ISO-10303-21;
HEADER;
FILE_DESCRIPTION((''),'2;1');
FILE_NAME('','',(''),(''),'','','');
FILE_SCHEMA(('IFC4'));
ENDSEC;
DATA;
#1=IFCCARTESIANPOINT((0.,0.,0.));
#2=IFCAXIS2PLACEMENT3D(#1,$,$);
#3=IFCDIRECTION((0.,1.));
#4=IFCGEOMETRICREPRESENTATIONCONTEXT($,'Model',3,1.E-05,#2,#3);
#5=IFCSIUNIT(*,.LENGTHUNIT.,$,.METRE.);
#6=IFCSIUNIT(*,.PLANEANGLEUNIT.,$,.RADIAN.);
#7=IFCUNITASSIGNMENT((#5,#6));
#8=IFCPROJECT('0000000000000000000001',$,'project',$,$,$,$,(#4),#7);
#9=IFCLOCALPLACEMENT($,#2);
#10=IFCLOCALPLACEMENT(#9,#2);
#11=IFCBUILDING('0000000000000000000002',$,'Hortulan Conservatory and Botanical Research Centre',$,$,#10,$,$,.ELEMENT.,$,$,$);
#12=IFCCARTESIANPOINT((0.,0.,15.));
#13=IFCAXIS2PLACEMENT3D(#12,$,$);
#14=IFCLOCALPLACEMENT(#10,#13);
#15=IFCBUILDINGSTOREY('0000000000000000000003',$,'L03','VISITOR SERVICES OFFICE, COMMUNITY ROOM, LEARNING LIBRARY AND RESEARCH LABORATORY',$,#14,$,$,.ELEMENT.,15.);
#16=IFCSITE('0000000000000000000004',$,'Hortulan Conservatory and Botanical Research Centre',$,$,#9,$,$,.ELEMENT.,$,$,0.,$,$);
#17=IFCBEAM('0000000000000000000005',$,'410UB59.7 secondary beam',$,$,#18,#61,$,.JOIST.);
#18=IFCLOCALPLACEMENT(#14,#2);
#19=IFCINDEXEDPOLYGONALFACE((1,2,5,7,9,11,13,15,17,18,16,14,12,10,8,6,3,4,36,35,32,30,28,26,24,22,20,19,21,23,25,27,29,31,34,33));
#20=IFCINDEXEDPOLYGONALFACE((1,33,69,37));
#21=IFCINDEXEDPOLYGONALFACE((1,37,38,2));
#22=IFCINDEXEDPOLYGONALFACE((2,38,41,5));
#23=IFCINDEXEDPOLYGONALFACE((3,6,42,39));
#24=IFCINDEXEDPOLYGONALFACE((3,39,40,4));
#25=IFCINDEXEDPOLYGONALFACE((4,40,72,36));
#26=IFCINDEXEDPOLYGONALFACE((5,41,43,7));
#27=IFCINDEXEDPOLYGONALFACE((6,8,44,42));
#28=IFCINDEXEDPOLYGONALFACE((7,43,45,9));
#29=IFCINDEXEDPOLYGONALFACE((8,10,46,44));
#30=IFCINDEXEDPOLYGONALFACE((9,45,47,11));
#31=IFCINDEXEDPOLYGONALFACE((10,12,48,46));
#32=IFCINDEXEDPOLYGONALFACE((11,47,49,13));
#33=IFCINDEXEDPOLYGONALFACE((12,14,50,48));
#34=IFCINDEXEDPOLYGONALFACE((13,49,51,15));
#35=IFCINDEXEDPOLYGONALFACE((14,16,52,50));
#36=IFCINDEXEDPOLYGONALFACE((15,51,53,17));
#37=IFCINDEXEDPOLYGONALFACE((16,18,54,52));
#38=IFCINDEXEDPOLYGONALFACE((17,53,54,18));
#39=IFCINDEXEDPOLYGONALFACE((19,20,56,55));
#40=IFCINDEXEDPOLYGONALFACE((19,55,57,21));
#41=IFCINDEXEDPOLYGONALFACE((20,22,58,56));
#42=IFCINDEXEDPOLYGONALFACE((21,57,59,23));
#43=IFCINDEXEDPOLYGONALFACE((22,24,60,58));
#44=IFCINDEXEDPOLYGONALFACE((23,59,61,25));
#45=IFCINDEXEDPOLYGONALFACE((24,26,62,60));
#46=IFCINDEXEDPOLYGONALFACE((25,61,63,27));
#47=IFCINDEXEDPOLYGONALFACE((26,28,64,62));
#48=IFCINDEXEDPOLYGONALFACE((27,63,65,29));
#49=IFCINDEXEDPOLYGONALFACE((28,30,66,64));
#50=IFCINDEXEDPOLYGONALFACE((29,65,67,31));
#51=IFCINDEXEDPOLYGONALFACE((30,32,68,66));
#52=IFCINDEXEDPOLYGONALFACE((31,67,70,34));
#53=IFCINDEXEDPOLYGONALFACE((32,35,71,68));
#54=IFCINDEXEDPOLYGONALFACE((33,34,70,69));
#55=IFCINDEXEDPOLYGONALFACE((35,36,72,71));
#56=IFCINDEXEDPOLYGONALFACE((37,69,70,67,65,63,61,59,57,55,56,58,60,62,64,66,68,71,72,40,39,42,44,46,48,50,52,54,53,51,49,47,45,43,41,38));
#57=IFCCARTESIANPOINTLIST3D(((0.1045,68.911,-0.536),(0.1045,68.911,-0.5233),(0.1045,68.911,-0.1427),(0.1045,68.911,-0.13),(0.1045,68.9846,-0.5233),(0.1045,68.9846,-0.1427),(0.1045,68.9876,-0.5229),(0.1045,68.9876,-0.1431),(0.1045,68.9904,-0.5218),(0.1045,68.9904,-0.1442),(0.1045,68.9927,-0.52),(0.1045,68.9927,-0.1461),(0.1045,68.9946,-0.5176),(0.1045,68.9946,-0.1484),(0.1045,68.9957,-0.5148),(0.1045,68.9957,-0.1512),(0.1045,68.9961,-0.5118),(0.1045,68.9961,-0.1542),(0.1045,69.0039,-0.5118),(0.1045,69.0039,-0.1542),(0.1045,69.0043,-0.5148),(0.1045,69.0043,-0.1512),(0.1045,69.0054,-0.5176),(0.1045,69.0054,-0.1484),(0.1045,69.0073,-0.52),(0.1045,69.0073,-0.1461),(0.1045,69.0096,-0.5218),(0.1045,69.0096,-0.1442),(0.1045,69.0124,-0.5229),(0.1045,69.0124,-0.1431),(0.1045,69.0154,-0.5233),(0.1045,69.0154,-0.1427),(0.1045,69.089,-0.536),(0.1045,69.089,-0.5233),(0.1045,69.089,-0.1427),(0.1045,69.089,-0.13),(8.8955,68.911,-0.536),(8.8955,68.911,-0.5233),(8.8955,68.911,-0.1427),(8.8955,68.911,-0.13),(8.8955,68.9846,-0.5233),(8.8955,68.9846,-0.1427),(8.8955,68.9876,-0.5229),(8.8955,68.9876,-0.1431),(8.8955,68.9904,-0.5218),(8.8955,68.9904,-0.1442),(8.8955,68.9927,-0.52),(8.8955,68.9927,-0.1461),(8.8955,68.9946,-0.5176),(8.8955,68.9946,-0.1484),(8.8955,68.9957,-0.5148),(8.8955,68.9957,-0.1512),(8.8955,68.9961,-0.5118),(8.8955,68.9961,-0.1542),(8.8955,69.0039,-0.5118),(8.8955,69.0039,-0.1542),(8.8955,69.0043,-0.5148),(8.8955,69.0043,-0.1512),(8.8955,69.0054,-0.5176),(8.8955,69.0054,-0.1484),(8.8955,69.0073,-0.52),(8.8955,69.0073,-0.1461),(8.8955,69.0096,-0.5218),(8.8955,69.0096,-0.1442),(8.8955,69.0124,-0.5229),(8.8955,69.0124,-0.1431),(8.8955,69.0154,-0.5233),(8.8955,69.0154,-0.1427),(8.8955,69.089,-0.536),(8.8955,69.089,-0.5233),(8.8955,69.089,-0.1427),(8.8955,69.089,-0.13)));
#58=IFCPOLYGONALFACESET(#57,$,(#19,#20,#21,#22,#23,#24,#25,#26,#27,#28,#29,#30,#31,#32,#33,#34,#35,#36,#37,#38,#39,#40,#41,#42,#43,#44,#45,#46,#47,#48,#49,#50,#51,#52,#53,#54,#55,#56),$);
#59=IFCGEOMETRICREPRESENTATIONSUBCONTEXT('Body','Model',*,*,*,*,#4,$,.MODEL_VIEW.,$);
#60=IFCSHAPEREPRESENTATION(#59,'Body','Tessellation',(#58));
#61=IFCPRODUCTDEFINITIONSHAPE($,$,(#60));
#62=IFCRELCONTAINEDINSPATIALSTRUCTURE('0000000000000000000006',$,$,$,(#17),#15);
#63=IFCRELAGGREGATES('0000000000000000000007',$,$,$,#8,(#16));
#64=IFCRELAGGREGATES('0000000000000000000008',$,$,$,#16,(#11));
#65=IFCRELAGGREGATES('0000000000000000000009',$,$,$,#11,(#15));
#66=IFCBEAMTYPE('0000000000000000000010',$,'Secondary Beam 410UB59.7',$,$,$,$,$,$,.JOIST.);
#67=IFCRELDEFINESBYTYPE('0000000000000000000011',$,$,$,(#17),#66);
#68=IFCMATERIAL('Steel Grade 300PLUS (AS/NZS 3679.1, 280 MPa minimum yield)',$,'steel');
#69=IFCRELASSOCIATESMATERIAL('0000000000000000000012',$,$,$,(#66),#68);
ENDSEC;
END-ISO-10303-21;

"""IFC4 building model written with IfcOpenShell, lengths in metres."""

from ifc_helpers import new_model, si_unit, direction, frame, origin, origin_2d, place, context, subcontext, project, spatial, i_section, extrude, material, material_profile, profile_set, type_object, element, save


model = new_model("IFC4")

# Units and contexts
model_context = context("Model", 3, precision=1e-05, world=origin(), true_north=direction((0.0, 1.0)))
body_context = subcontext(model_context, "Body", "Model", "MODEL_VIEW")
ifc_project = project(units=[si_unit("LENGTHUNIT", "METRE"), si_unit("PLANEANGLEUNIT", "RADIAN")], contexts=[model_context])

# Site, building, storey
site_placement = place(None, origin())
site = spatial("IfcSite", under=ifc_project, at=site_placement, Name="Hortulan Conservatory and Botanical Research Centre", CompositionType="ELEMENT", RefElevation=0.0)
building_placement = place(site_placement, origin())
building = spatial("IfcBuilding", under=site, at=building_placement, Name="Hortulan Conservatory and Botanical Research Centre", CompositionType="ELEMENT")
storey_placement = place(building_placement, frame((0.0, 0.0, 15.0)))
storey = spatial("IfcBuildingStorey", under=building, at=storey_placement, Name="L03", Description="VISITOR SERVICES OFFICE, COMMUNITY ROOM, LEARNING LIBRARY AND RESEARCH LABORATORY", CompositionType="ELEMENT", Elevation=15.0)

# Shared definitions
ifc_material_1 = material(Name="Steel Grade 300PLUS (AS/NZS 3679.1, 280 MPa minimum yield)", Category="steel")

# Beam
ifc_material_profile_1 = material_profile(ifc_material_1, i_section(OverallWidth=0.178, OverallDepth=0.406, WebThickness=0.0078, FlangeThickness=0.0127, FilletRadius=0.0115, at=origin_2d()), Name="410UB59.7")
ifc_profile_set_1 = profile_set([ifc_material_profile_1], Name="Steel Grade 300PLUS (AS/NZS 3679.1, 280 MPa minimum yield)")
beam_type_1 = type_object("IfcBeamType", Name="Secondary Beam 410UB59.7", PredefinedType="JOIST", material=ifc_profile_set_1)
for number, where, z_axis, x_axis, name in (
    (1, (0.1045, 69.0, -0.333), (1.0, 0.0, 0.0), (0.0, 1.0, 0.0), "410UB59.7 secondary beam"),
):
    element("IfcBeam", number, at=place(storey_placement, frame(where, z_axis=z_axis, x_axis=x_axis)), inside=storey, type_object=beam_type_1, Name=name, PredefinedType="JOIST", context=body_context, shape_type="SweptSolid", body=[
        extrude(i_section(OverallWidth=0.178, OverallDepth=0.406, WebThickness=0.0078, FlangeThickness=0.0127, FilletRadius=0.0115, at=origin_2d()), origin(), (0.0, 0.0, 1.0), 8.791),
    ])

save(model, "model.ifc")
